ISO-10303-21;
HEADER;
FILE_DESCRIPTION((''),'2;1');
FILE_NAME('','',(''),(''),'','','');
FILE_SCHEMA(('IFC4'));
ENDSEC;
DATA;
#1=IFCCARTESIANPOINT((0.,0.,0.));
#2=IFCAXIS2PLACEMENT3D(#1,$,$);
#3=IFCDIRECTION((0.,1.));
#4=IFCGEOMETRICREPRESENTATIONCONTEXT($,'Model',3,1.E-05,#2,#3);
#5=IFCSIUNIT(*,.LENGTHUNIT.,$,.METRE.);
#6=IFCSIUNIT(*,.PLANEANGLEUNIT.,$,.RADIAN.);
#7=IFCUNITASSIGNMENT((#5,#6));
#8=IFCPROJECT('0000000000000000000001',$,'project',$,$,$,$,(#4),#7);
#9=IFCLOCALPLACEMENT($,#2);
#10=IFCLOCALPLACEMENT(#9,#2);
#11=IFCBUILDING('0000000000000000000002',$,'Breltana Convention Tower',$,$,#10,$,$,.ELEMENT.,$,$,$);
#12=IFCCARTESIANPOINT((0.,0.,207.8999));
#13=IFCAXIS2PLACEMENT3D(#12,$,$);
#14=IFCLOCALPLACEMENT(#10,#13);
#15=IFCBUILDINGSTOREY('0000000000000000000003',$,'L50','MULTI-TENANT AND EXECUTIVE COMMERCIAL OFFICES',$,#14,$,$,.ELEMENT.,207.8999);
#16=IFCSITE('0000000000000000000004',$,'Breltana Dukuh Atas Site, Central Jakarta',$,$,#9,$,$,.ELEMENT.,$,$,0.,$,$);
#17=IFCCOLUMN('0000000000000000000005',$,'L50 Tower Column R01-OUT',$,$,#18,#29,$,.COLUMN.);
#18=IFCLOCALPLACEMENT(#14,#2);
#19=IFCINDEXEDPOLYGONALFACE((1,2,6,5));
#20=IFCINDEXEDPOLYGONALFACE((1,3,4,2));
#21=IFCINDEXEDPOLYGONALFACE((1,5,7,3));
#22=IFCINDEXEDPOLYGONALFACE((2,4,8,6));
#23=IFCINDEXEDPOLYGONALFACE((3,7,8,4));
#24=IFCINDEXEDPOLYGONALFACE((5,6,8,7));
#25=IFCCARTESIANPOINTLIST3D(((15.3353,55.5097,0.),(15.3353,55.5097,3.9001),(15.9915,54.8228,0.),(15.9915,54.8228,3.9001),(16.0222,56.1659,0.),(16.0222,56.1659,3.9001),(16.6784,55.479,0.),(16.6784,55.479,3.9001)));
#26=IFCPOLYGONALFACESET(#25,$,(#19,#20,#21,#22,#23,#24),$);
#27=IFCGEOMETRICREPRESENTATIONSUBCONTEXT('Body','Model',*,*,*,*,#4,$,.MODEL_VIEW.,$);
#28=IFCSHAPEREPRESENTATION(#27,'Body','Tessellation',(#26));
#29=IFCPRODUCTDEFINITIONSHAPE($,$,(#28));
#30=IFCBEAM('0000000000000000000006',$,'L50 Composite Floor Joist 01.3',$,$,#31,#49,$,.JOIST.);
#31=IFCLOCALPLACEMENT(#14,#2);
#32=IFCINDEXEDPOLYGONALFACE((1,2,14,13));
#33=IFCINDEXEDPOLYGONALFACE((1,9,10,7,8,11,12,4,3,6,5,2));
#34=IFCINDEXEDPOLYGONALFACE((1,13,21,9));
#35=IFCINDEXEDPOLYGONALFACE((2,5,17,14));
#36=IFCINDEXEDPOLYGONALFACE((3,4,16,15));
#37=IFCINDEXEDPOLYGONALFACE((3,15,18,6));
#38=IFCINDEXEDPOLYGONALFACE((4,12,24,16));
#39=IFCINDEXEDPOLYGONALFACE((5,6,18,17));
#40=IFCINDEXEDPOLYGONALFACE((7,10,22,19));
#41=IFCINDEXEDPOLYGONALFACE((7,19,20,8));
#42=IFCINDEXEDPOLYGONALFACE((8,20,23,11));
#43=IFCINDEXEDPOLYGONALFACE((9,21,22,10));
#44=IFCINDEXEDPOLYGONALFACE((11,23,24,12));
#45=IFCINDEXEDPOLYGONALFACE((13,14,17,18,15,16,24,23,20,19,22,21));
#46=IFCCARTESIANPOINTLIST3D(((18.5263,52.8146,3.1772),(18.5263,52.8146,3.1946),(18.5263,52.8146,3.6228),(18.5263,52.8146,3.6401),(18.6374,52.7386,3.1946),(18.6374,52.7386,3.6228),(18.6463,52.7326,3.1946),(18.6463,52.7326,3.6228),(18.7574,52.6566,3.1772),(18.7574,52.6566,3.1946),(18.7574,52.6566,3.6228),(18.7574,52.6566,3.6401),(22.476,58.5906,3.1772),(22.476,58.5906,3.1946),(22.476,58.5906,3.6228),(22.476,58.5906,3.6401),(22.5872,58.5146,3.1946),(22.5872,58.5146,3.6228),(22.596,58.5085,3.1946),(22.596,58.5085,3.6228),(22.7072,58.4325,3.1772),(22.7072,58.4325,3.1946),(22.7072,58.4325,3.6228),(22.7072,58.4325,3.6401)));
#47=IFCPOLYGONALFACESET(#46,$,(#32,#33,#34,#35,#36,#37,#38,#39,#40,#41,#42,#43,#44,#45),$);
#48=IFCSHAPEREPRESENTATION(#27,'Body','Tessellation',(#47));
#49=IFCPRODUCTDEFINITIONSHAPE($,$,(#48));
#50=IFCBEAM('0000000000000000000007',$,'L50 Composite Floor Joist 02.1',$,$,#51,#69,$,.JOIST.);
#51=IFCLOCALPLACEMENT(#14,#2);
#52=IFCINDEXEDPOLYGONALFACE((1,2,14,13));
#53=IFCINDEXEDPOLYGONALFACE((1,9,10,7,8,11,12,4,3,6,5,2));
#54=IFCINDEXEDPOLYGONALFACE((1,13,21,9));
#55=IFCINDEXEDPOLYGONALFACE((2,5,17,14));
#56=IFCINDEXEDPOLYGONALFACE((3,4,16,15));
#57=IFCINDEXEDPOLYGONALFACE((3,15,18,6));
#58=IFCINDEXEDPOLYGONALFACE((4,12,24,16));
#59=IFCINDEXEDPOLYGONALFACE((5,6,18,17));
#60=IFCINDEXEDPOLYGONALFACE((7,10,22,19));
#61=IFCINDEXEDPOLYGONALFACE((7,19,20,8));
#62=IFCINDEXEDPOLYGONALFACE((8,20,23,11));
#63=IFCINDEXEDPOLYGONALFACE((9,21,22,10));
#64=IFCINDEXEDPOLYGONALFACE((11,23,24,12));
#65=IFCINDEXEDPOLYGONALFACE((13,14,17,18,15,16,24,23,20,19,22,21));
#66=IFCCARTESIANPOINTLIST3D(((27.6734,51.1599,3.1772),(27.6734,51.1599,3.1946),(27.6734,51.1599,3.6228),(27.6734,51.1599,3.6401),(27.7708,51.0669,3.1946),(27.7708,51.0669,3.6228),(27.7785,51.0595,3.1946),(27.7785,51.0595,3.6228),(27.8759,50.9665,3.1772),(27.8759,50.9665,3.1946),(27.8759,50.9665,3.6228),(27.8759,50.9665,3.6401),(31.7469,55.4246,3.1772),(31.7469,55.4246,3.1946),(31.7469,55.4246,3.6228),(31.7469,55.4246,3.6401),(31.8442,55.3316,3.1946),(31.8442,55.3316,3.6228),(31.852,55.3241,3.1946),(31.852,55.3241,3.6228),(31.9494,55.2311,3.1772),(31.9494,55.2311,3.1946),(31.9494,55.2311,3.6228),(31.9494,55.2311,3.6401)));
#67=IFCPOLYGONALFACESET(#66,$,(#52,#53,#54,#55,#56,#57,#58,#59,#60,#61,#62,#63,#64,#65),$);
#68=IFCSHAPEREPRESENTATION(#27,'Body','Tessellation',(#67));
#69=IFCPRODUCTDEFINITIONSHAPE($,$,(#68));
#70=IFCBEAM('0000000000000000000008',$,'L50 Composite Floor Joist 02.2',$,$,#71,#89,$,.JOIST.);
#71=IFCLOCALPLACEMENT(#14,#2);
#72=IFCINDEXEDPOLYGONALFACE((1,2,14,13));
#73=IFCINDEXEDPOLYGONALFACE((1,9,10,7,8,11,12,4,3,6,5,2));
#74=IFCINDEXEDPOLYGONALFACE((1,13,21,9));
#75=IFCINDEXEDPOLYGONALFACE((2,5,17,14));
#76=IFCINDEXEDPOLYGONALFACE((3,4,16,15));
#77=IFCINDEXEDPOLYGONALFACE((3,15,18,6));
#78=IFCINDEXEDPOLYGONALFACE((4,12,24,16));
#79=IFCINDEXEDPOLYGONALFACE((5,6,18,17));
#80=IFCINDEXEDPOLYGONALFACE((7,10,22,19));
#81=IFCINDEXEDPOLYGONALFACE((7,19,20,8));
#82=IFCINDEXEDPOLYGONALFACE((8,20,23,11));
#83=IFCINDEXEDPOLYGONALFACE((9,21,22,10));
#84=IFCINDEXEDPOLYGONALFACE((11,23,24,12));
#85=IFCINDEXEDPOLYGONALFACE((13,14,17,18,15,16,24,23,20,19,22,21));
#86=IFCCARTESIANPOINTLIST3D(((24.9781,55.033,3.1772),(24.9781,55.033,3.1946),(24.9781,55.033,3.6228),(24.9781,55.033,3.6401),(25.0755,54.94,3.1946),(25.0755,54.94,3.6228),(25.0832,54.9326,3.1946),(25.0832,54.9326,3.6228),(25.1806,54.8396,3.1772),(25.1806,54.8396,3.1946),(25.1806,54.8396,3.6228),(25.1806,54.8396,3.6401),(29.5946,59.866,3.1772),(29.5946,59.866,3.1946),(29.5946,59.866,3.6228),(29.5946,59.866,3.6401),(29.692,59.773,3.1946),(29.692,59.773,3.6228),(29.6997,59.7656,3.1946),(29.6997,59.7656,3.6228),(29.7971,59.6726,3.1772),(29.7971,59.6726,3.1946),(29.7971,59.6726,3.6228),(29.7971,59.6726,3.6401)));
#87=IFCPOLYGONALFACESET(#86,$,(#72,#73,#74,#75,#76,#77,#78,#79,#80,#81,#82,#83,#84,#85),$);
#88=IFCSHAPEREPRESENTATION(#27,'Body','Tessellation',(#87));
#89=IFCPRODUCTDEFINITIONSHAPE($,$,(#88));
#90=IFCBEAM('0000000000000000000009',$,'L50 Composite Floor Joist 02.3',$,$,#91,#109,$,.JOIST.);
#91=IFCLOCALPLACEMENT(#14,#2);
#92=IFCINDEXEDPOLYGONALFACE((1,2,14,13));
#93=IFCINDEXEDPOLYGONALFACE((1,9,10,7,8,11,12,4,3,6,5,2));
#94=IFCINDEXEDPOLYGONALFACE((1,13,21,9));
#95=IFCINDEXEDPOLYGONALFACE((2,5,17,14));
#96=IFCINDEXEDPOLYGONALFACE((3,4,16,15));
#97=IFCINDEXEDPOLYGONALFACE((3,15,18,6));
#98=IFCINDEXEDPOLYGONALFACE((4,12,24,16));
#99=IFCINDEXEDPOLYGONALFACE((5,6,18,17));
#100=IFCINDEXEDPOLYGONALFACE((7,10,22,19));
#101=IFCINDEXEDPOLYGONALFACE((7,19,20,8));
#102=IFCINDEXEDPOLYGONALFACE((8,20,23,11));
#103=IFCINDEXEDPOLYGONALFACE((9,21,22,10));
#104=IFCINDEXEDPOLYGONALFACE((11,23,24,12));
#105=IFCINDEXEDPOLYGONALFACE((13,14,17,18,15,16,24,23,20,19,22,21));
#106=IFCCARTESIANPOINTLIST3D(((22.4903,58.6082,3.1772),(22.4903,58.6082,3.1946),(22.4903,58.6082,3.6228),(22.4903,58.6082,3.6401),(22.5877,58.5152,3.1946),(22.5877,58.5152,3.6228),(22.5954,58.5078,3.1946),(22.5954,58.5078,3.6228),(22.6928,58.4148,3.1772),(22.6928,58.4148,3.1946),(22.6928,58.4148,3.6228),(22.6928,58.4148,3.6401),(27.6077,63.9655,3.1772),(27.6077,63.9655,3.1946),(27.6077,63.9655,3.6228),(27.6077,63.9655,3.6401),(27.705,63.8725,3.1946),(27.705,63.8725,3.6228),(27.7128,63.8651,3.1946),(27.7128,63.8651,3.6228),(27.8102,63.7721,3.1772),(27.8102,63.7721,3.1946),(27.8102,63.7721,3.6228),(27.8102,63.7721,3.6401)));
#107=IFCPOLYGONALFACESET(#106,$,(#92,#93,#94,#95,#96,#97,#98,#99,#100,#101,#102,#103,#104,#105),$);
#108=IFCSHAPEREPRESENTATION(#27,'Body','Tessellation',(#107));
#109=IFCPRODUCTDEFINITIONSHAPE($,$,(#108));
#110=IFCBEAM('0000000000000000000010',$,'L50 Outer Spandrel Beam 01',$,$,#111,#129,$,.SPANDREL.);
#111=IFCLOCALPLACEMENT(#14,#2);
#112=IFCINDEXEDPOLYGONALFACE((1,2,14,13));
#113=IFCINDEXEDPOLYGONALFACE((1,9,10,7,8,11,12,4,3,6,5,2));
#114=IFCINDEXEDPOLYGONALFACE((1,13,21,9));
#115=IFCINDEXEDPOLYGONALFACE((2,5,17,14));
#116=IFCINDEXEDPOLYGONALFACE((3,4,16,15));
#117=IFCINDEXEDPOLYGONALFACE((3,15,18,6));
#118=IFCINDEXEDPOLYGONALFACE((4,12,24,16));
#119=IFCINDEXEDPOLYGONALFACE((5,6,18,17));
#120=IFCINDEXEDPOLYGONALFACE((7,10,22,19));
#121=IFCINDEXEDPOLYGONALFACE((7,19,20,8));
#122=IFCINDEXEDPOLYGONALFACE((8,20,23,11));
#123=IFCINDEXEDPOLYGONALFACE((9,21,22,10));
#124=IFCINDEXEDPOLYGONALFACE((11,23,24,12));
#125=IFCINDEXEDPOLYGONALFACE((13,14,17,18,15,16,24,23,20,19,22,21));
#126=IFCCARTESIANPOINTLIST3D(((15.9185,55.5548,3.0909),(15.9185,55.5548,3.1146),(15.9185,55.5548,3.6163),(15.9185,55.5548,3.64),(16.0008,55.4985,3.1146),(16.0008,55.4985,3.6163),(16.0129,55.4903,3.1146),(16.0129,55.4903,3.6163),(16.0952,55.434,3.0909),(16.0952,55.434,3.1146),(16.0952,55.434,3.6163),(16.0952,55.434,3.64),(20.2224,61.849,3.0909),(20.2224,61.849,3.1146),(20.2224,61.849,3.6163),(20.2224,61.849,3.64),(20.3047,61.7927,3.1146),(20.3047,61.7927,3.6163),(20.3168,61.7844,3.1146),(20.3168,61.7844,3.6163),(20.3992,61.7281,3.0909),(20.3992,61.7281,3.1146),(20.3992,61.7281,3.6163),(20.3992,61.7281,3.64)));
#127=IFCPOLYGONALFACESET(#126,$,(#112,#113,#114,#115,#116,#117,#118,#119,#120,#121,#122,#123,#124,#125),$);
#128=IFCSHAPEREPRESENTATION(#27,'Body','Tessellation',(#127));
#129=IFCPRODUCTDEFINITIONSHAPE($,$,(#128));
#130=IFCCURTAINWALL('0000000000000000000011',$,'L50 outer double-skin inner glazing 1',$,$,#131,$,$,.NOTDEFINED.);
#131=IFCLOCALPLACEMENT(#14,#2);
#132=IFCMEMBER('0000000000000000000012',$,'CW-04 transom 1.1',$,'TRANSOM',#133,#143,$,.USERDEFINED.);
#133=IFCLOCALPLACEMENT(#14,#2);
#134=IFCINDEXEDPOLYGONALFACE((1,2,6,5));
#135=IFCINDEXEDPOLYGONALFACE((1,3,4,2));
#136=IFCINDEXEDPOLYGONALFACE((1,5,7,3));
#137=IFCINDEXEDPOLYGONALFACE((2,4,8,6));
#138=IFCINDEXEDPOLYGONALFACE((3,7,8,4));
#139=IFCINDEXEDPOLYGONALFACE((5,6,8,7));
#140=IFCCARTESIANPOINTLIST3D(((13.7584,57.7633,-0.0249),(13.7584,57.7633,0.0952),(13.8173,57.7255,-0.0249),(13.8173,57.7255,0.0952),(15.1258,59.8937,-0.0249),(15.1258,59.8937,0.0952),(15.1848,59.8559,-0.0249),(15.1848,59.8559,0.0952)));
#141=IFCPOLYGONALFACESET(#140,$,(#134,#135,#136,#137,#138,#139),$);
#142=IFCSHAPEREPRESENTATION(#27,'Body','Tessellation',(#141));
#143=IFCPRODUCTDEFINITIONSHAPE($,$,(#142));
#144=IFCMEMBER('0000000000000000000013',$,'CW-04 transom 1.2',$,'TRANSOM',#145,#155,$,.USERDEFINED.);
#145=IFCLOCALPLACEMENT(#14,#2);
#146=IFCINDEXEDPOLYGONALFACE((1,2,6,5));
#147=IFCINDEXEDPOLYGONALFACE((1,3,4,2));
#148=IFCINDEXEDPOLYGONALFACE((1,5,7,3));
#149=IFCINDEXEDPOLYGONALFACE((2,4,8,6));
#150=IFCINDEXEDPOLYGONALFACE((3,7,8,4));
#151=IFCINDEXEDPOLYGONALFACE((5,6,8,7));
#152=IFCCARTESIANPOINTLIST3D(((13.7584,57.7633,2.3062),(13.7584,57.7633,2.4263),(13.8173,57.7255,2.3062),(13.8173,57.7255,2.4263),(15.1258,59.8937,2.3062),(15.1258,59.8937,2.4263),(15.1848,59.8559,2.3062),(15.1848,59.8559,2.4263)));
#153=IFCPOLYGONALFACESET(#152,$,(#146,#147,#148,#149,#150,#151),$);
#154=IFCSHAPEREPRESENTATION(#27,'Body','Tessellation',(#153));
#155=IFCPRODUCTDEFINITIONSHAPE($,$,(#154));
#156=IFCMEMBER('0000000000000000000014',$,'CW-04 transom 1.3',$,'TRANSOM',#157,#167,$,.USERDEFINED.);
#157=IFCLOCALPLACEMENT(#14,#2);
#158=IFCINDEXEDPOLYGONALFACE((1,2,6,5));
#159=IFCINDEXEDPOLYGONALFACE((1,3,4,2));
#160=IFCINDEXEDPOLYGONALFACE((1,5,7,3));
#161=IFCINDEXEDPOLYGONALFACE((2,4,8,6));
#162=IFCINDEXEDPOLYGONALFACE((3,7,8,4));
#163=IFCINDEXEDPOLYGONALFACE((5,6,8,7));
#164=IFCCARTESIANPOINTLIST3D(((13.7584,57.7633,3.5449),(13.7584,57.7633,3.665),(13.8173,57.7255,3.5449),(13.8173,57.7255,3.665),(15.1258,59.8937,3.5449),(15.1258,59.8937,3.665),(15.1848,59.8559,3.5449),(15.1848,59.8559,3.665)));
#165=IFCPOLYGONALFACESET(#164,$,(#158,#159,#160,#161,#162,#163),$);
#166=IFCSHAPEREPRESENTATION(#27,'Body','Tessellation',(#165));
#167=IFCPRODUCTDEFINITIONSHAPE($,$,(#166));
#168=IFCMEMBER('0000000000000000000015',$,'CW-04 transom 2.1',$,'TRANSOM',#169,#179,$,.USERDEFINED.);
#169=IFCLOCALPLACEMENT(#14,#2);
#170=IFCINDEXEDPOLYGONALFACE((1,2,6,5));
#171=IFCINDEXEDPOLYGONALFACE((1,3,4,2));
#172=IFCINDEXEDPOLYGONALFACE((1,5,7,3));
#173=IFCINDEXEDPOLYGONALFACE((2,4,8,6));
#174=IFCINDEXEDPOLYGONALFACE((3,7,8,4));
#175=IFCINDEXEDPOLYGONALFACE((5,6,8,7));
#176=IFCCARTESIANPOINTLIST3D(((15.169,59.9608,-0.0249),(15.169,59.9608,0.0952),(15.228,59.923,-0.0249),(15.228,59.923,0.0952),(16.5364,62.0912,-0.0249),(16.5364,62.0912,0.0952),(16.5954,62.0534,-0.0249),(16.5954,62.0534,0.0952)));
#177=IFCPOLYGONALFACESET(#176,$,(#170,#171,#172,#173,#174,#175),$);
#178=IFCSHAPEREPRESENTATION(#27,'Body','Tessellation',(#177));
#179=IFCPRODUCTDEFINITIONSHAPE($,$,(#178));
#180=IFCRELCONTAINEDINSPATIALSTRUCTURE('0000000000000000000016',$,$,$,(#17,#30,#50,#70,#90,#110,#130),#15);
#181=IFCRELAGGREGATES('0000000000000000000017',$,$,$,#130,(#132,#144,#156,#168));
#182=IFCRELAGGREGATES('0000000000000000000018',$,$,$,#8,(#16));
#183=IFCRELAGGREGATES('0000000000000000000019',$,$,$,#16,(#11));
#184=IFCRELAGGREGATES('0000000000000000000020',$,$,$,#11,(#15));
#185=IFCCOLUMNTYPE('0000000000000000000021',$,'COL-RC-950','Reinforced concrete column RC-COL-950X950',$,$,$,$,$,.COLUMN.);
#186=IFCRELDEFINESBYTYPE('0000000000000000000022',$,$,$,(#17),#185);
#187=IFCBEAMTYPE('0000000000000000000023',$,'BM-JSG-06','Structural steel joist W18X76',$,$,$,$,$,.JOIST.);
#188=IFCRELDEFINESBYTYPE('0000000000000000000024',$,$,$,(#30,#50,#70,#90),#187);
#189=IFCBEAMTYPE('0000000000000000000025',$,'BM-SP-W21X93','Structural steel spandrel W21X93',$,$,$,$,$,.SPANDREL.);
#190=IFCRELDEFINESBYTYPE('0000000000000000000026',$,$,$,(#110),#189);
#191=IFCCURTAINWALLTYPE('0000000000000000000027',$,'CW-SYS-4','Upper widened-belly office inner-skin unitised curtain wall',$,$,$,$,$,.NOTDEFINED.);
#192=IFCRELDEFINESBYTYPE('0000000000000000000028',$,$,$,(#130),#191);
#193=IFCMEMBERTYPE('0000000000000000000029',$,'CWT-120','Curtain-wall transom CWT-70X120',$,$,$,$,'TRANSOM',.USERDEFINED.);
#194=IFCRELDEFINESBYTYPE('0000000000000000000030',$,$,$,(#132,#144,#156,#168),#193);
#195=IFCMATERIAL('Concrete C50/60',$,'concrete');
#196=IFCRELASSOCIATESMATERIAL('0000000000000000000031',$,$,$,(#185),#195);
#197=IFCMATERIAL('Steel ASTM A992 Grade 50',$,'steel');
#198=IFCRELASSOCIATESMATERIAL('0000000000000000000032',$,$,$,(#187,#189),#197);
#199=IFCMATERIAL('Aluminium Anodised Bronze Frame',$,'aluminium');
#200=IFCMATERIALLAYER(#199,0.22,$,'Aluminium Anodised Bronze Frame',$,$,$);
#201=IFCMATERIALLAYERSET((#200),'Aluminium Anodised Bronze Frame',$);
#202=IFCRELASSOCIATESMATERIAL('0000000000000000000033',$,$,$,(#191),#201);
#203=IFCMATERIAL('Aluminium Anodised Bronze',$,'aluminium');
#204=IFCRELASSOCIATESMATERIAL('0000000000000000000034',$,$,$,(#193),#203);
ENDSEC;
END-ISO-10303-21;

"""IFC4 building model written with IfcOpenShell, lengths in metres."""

from ifc_helpers import new_model, si_unit, direction, frame, origin, origin_2d, place, context, subcontext, project, spatial, rectangle, i_section, extrude, source, transform, mapped, material, layer, layer_set, material_profile, profile_set, type_object, type_shapes, element, aggregate, save


model = new_model("IFC4")

# Units and contexts
model_context = context("Model", 3, precision=1e-05, world=origin(), true_north=direction((0.0, 1.0)))
body_context = subcontext(model_context, "Body", "Model", "MODEL_VIEW")
ifc_project = project(units=[si_unit("LENGTHUNIT", "METRE"), si_unit("PLANEANGLEUNIT", "RADIAN")], contexts=[model_context])

# Site, building, storey
site_placement = place(None, origin())
site = spatial("IfcSite", under=ifc_project, at=site_placement, Name="Breltana Dukuh Atas Site, Central Jakarta", CompositionType="ELEMENT", RefElevation=0.0)
building_placement = place(site_placement, origin())
building = spatial("IfcBuilding", under=site, at=building_placement, Name="Breltana Convention Tower", CompositionType="ELEMENT")
storey_placement = place(building_placement, frame((0.0, 0.0, 207.8999)))
storey = spatial("IfcBuildingStorey", under=building, at=storey_placement, Name="L50", Description="MULTI-TENANT AND EXECUTIVE COMMERCIAL OFFICES", CompositionType="ELEMENT", Elevation=207.8999)

# Column
ifc_material_1 = material(Name="Concrete C50/60", Category="concrete")
ifc_material_profile_1 = material_profile(ifc_material_1, rectangle(XDim=0.95, YDim=0.95, at=origin_2d()), Name="RC-COL-950X950")
ifc_profile_set_1 = profile_set([ifc_material_profile_1], Name="Concrete C50/60")
column_type = type_object("IfcColumnType", Name="COL-RC-950", Description="Reinforced concrete column RC-COL-950X950", PredefinedType="COLUMN", material=ifc_profile_set_1)
shared_shape_1 = source(origin(), body_context, "Body", "SweptSolid", [
    extrude(rectangle(XDim=0.95, YDim=0.95, at=origin_2d()), origin(), (0.0, 0.0, 1.0), 3.9001),
])
column_placement = place(storey_placement, frame((16.0068, 55.4944, 0.0), z_axis=(0.0, 0.0, 1.0), x_axis=(-0.690756, 0.723088, 0.0)))
element("IfcColumn", 1, at=column_placement, inside=storey, type_object=column_type, Name="L50 Tower Column R01-OUT", PredefinedType="COLUMN", context=body_context, shape_type="MappedRepresentation", body=[
    mapped(shared_shape_1, transform((0.0, 0.0, 0.0), scale=1.0)),
])

# Beams
ifc_material_2 = material(Name="Steel ASTM A992 Grade 50", Category="steel")
ifc_material_profile_2 = material_profile(ifc_material_2, i_section(OverallWidth=0.28, OverallDepth=0.4629, WebThickness=0.0107, FlangeThickness=0.0173, at=origin_2d()), Name="W18X76")
ifc_profile_set_2 = profile_set([ifc_material_profile_2], Name="Steel ASTM A992 Grade 50")
beam_type_1 = type_object("IfcBeamType", Name="BM-JSG-06", Description="Structural steel joist W18X76", PredefinedType="JOIST", material=ifc_profile_set_2)
shared_shape_2 = source(origin(), body_context, "Body", "SweptSolid", [
    extrude(i_section(OverallWidth=0.28, OverallDepth=0.4629, WebThickness=0.0107, FlangeThickness=0.0173, at=origin_2d()), origin(), (0.0, 0.0, 1.0), 6.9973),
])
beam_1_placement = place(storey_placement, frame((18.6418, 52.7356, 3.4087), z_axis=(0.564469, 0.825454, 0.0), x_axis=(-0.825454, 0.564469, 0.0)))
element("IfcBeam", 2, at=beam_1_placement, inside=storey, type_object=beam_type_1, Name="L50 Composite Floor Joist 01.3", PredefinedType="JOIST", context=body_context, shape_type="MappedRepresentation", body=[
    mapped(shared_shape_2, transform((0.0, 0.0, 0.0), scale=1.0)),
])
shared_shape_3 = source(origin(), body_context, "Body", "SweptSolid", [
    extrude(i_section(OverallWidth=0.28, OverallDepth=0.4629, WebThickness=0.0107, FlangeThickness=0.0173, at=origin_2d()), origin(), (0.0, 0.0, 1.0), 5.8975),
])
beam_2_placement = place(storey_placement, frame((27.7747, 51.0632, 3.4087), z_axis=(0.690714, 0.723128, 0.0), x_axis=(-0.723128, 0.690714, 0.0)))
element("IfcBeam", 3, at=beam_2_placement, inside=storey, type_object=beam_type_1, Name="L50 Composite Floor Joist 02.1", PredefinedType="JOIST", context=body_context, shape_type="MappedRepresentation", body=[
    mapped(shared_shape_3, transform((0.0, 0.0, 0.0), scale=1.0)),
])
shared_shape_4 = source(origin(), body_context, "Body", "SweptSolid", [
    extrude(i_section(OverallWidth=0.28, OverallDepth=0.4629, WebThickness=0.0107, FlangeThickness=0.0173, at=origin_2d()), origin(), (0.0, 0.0, 1.0), 6.6836),
])
beam_3_placement = place(storey_placement, frame((25.0793, 54.9363, 3.4087), z_axis=(0.690721, 0.723122, 0.0), x_axis=(-0.723122, 0.690721, 0.0)))
element("IfcBeam", 4, at=beam_3_placement, inside=storey, type_object=beam_type_1, Name="L50 Composite Floor Joist 02.2", PredefinedType="JOIST", context=body_context, shape_type="MappedRepresentation", body=[
    mapped(shared_shape_4, transform((0.0, 0.0, 0.0), scale=1.0)),
])
shared_shape_5 = source(origin(), body_context, "Body", "SweptSolid", [
    extrude(i_section(OverallWidth=0.28, OverallDepth=0.4629, WebThickness=0.0107, FlangeThickness=0.0173, at=origin_2d()), origin(), (0.0, 0.0, 1.0), 7.4087),
])
beam_4_placement = place(storey_placement, frame((22.5916, 58.5115, 3.4087), z_axis=(0.690725, 0.723118, 0.0), x_axis=(-0.723118, 0.690725, 0.0)))
element("IfcBeam", 5, at=beam_4_placement, inside=storey, type_object=beam_type_1, Name="L50 Composite Floor Joist 02.3", PredefinedType="JOIST", context=body_context, shape_type="MappedRepresentation", body=[
    mapped(shared_shape_5, transform((0.0, 0.0, 0.0), scale=1.0)),
])
ifc_material_profile_3 = material_profile(ifc_material_2, i_section(OverallWidth=0.2141, OverallDepth=0.5491, WebThickness=0.0146, FlangeThickness=0.0237, at=origin_2d()), Name="W21X93")
ifc_profile_set_3 = profile_set([ifc_material_profile_3], Name="Steel ASTM A992 Grade 50")
beam_type_2 = type_object("IfcBeamType", Name="BM-SP-W21X93", Description="Structural steel spandrel W21X93", PredefinedType="SPANDREL", material=ifc_profile_set_3)
shared_shape_6 = source(origin(), body_context, "Body", "SweptSolid", [
    extrude(i_section(OverallWidth=0.2141, OverallDepth=0.5491, WebThickness=0.0146, FlangeThickness=0.0237, at=origin_2d()), origin(), (0.0, 0.0, 1.0), 7.625),
])
type_shapes(beam_type_2, [shared_shape_6])
beam_5_placement = place(storey_placement, frame((16.0068, 55.4944, 3.3655), z_axis=(0.564452, 0.825466, 0.0), x_axis=(-0.825466, 0.564452, 0.0)))
element("IfcBeam", 6, at=beam_5_placement, inside=storey, type_object=beam_type_2, Name="L50 Outer Spandrel Beam 01", PredefinedType="SPANDREL", context=body_context, shape_type="MappedRepresentation", body=[
    mapped(shared_shape_6, transform((0.0, 0.0, 0.0), scale=1.0)),
])

# Curtain wall, members
ifc_material_3 = material(Name="Aluminium Anodised Bronze Frame", Category="aluminium")
ifc_layer_1 = layer(ifc_material_3, 0.22, Name="Aluminium Anodised Bronze Frame")
ifc_layer_set_1 = layer_set([ifc_layer_1], Name="Aluminium Anodised Bronze Frame")
curtain_wall_type = type_object("IfcCurtainWallType", Name="CW-SYS-4", Description="Upper widened-belly office inner-skin unitised curtain wall", PredefinedType="NOTDEFINED", material=ifc_layer_set_1)
curtain_wall_placement = place(storey_placement, origin())
curtain_wall = element("IfcCurtainWall", 7, at=curtain_wall_placement, inside=storey, type_object=curtain_wall_type, Name="L50 outer double-skin inner glazing 1", PredefinedType="NOTDEFINED")
ifc_material_4 = material(Name="Aluminium Anodised Bronze", Category="aluminium")
ifc_material_profile_4 = material_profile(ifc_material_4, rectangle(XDim=0.0701, YDim=0.1201, at=origin_2d()), Name="CWT-70X120")
ifc_profile_set_4 = profile_set([ifc_material_profile_4], Name="Aluminium Anodised Bronze")
member_type_1 = type_object("IfcMemberType", Name="CWT-120", Description="Curtain-wall transom CWT-70X120", ElementType="TRANSOM", PredefinedType="USERDEFINED", material=ifc_profile_set_4)
shared_shape_7 = source(origin(), body_context, "Body", "SweptSolid", [
    extrude(rectangle(XDim=0.0701, YDim=0.1201, at=origin_2d()), origin(), (0.0, 0.0, 1.0), 2.5315),
])
member_1_placement = place(storey_placement, frame((13.7878, 57.7444, 0.0352), z_axis=(0.540173, 0.841554, 0.0), x_axis=(-0.841554, 0.540173, 0.0)))
member_1 = element("IfcMember", 8, at=member_1_placement, type_object=member_type_1, Name="CW-04 transom 1.1", ObjectType="TRANSOM", PredefinedType="USERDEFINED", context=body_context, shape_type="MappedRepresentation", body=[
    mapped(shared_shape_7, transform((0.0, 0.0, 0.0), scale=1.0)),
])
member_2_placement = place(storey_placement, frame((13.7878, 57.7444, 2.3662), z_axis=(0.540173, 0.841554, 0.0), x_axis=(-0.841554, 0.540173, 0.0)))
member_2 = element("IfcMember", 9, at=member_2_placement, type_object=member_type_1, Name="CW-04 transom 1.2", ObjectType="TRANSOM", PredefinedType="USERDEFINED", context=body_context, shape_type="MappedRepresentation", body=[
    mapped(shared_shape_7, transform((0.0, 0.0, 0.0), scale=1.0)),
])
member_3_placement = place(storey_placement, frame((13.7878, 57.7444, 3.605), z_axis=(0.540173, 0.841554, 0.0), x_axis=(-0.841554, 0.540173, 0.0)))
member_3 = element("IfcMember", 10, at=member_3_placement, type_object=member_type_1, Name="CW-04 transom 1.3", ObjectType="TRANSOM", PredefinedType="USERDEFINED", context=body_context, shape_type="MappedRepresentation", body=[
    mapped(shared_shape_7, transform((0.0, 0.0, 0.0), scale=1.0)),
])
member_4_placement = place(storey_placement, frame((15.1985, 59.9419, 0.0352), z_axis=(0.540173, 0.841554, 0.0), x_axis=(-0.841554, 0.540173, 0.0)))
member_4 = element("IfcMember", 11, at=member_4_placement, type_object=member_type_1, Name="CW-04 transom 2.1", ObjectType="TRANSOM", PredefinedType="USERDEFINED", context=body_context, shape_type="MappedRepresentation", body=[
    mapped(shared_shape_7, transform((0.0, 0.0, 0.0), scale=1.0)),
])
aggregate(curtain_wall, [member_1, member_2, member_3, member_4])

save(model, "model.ifc")
